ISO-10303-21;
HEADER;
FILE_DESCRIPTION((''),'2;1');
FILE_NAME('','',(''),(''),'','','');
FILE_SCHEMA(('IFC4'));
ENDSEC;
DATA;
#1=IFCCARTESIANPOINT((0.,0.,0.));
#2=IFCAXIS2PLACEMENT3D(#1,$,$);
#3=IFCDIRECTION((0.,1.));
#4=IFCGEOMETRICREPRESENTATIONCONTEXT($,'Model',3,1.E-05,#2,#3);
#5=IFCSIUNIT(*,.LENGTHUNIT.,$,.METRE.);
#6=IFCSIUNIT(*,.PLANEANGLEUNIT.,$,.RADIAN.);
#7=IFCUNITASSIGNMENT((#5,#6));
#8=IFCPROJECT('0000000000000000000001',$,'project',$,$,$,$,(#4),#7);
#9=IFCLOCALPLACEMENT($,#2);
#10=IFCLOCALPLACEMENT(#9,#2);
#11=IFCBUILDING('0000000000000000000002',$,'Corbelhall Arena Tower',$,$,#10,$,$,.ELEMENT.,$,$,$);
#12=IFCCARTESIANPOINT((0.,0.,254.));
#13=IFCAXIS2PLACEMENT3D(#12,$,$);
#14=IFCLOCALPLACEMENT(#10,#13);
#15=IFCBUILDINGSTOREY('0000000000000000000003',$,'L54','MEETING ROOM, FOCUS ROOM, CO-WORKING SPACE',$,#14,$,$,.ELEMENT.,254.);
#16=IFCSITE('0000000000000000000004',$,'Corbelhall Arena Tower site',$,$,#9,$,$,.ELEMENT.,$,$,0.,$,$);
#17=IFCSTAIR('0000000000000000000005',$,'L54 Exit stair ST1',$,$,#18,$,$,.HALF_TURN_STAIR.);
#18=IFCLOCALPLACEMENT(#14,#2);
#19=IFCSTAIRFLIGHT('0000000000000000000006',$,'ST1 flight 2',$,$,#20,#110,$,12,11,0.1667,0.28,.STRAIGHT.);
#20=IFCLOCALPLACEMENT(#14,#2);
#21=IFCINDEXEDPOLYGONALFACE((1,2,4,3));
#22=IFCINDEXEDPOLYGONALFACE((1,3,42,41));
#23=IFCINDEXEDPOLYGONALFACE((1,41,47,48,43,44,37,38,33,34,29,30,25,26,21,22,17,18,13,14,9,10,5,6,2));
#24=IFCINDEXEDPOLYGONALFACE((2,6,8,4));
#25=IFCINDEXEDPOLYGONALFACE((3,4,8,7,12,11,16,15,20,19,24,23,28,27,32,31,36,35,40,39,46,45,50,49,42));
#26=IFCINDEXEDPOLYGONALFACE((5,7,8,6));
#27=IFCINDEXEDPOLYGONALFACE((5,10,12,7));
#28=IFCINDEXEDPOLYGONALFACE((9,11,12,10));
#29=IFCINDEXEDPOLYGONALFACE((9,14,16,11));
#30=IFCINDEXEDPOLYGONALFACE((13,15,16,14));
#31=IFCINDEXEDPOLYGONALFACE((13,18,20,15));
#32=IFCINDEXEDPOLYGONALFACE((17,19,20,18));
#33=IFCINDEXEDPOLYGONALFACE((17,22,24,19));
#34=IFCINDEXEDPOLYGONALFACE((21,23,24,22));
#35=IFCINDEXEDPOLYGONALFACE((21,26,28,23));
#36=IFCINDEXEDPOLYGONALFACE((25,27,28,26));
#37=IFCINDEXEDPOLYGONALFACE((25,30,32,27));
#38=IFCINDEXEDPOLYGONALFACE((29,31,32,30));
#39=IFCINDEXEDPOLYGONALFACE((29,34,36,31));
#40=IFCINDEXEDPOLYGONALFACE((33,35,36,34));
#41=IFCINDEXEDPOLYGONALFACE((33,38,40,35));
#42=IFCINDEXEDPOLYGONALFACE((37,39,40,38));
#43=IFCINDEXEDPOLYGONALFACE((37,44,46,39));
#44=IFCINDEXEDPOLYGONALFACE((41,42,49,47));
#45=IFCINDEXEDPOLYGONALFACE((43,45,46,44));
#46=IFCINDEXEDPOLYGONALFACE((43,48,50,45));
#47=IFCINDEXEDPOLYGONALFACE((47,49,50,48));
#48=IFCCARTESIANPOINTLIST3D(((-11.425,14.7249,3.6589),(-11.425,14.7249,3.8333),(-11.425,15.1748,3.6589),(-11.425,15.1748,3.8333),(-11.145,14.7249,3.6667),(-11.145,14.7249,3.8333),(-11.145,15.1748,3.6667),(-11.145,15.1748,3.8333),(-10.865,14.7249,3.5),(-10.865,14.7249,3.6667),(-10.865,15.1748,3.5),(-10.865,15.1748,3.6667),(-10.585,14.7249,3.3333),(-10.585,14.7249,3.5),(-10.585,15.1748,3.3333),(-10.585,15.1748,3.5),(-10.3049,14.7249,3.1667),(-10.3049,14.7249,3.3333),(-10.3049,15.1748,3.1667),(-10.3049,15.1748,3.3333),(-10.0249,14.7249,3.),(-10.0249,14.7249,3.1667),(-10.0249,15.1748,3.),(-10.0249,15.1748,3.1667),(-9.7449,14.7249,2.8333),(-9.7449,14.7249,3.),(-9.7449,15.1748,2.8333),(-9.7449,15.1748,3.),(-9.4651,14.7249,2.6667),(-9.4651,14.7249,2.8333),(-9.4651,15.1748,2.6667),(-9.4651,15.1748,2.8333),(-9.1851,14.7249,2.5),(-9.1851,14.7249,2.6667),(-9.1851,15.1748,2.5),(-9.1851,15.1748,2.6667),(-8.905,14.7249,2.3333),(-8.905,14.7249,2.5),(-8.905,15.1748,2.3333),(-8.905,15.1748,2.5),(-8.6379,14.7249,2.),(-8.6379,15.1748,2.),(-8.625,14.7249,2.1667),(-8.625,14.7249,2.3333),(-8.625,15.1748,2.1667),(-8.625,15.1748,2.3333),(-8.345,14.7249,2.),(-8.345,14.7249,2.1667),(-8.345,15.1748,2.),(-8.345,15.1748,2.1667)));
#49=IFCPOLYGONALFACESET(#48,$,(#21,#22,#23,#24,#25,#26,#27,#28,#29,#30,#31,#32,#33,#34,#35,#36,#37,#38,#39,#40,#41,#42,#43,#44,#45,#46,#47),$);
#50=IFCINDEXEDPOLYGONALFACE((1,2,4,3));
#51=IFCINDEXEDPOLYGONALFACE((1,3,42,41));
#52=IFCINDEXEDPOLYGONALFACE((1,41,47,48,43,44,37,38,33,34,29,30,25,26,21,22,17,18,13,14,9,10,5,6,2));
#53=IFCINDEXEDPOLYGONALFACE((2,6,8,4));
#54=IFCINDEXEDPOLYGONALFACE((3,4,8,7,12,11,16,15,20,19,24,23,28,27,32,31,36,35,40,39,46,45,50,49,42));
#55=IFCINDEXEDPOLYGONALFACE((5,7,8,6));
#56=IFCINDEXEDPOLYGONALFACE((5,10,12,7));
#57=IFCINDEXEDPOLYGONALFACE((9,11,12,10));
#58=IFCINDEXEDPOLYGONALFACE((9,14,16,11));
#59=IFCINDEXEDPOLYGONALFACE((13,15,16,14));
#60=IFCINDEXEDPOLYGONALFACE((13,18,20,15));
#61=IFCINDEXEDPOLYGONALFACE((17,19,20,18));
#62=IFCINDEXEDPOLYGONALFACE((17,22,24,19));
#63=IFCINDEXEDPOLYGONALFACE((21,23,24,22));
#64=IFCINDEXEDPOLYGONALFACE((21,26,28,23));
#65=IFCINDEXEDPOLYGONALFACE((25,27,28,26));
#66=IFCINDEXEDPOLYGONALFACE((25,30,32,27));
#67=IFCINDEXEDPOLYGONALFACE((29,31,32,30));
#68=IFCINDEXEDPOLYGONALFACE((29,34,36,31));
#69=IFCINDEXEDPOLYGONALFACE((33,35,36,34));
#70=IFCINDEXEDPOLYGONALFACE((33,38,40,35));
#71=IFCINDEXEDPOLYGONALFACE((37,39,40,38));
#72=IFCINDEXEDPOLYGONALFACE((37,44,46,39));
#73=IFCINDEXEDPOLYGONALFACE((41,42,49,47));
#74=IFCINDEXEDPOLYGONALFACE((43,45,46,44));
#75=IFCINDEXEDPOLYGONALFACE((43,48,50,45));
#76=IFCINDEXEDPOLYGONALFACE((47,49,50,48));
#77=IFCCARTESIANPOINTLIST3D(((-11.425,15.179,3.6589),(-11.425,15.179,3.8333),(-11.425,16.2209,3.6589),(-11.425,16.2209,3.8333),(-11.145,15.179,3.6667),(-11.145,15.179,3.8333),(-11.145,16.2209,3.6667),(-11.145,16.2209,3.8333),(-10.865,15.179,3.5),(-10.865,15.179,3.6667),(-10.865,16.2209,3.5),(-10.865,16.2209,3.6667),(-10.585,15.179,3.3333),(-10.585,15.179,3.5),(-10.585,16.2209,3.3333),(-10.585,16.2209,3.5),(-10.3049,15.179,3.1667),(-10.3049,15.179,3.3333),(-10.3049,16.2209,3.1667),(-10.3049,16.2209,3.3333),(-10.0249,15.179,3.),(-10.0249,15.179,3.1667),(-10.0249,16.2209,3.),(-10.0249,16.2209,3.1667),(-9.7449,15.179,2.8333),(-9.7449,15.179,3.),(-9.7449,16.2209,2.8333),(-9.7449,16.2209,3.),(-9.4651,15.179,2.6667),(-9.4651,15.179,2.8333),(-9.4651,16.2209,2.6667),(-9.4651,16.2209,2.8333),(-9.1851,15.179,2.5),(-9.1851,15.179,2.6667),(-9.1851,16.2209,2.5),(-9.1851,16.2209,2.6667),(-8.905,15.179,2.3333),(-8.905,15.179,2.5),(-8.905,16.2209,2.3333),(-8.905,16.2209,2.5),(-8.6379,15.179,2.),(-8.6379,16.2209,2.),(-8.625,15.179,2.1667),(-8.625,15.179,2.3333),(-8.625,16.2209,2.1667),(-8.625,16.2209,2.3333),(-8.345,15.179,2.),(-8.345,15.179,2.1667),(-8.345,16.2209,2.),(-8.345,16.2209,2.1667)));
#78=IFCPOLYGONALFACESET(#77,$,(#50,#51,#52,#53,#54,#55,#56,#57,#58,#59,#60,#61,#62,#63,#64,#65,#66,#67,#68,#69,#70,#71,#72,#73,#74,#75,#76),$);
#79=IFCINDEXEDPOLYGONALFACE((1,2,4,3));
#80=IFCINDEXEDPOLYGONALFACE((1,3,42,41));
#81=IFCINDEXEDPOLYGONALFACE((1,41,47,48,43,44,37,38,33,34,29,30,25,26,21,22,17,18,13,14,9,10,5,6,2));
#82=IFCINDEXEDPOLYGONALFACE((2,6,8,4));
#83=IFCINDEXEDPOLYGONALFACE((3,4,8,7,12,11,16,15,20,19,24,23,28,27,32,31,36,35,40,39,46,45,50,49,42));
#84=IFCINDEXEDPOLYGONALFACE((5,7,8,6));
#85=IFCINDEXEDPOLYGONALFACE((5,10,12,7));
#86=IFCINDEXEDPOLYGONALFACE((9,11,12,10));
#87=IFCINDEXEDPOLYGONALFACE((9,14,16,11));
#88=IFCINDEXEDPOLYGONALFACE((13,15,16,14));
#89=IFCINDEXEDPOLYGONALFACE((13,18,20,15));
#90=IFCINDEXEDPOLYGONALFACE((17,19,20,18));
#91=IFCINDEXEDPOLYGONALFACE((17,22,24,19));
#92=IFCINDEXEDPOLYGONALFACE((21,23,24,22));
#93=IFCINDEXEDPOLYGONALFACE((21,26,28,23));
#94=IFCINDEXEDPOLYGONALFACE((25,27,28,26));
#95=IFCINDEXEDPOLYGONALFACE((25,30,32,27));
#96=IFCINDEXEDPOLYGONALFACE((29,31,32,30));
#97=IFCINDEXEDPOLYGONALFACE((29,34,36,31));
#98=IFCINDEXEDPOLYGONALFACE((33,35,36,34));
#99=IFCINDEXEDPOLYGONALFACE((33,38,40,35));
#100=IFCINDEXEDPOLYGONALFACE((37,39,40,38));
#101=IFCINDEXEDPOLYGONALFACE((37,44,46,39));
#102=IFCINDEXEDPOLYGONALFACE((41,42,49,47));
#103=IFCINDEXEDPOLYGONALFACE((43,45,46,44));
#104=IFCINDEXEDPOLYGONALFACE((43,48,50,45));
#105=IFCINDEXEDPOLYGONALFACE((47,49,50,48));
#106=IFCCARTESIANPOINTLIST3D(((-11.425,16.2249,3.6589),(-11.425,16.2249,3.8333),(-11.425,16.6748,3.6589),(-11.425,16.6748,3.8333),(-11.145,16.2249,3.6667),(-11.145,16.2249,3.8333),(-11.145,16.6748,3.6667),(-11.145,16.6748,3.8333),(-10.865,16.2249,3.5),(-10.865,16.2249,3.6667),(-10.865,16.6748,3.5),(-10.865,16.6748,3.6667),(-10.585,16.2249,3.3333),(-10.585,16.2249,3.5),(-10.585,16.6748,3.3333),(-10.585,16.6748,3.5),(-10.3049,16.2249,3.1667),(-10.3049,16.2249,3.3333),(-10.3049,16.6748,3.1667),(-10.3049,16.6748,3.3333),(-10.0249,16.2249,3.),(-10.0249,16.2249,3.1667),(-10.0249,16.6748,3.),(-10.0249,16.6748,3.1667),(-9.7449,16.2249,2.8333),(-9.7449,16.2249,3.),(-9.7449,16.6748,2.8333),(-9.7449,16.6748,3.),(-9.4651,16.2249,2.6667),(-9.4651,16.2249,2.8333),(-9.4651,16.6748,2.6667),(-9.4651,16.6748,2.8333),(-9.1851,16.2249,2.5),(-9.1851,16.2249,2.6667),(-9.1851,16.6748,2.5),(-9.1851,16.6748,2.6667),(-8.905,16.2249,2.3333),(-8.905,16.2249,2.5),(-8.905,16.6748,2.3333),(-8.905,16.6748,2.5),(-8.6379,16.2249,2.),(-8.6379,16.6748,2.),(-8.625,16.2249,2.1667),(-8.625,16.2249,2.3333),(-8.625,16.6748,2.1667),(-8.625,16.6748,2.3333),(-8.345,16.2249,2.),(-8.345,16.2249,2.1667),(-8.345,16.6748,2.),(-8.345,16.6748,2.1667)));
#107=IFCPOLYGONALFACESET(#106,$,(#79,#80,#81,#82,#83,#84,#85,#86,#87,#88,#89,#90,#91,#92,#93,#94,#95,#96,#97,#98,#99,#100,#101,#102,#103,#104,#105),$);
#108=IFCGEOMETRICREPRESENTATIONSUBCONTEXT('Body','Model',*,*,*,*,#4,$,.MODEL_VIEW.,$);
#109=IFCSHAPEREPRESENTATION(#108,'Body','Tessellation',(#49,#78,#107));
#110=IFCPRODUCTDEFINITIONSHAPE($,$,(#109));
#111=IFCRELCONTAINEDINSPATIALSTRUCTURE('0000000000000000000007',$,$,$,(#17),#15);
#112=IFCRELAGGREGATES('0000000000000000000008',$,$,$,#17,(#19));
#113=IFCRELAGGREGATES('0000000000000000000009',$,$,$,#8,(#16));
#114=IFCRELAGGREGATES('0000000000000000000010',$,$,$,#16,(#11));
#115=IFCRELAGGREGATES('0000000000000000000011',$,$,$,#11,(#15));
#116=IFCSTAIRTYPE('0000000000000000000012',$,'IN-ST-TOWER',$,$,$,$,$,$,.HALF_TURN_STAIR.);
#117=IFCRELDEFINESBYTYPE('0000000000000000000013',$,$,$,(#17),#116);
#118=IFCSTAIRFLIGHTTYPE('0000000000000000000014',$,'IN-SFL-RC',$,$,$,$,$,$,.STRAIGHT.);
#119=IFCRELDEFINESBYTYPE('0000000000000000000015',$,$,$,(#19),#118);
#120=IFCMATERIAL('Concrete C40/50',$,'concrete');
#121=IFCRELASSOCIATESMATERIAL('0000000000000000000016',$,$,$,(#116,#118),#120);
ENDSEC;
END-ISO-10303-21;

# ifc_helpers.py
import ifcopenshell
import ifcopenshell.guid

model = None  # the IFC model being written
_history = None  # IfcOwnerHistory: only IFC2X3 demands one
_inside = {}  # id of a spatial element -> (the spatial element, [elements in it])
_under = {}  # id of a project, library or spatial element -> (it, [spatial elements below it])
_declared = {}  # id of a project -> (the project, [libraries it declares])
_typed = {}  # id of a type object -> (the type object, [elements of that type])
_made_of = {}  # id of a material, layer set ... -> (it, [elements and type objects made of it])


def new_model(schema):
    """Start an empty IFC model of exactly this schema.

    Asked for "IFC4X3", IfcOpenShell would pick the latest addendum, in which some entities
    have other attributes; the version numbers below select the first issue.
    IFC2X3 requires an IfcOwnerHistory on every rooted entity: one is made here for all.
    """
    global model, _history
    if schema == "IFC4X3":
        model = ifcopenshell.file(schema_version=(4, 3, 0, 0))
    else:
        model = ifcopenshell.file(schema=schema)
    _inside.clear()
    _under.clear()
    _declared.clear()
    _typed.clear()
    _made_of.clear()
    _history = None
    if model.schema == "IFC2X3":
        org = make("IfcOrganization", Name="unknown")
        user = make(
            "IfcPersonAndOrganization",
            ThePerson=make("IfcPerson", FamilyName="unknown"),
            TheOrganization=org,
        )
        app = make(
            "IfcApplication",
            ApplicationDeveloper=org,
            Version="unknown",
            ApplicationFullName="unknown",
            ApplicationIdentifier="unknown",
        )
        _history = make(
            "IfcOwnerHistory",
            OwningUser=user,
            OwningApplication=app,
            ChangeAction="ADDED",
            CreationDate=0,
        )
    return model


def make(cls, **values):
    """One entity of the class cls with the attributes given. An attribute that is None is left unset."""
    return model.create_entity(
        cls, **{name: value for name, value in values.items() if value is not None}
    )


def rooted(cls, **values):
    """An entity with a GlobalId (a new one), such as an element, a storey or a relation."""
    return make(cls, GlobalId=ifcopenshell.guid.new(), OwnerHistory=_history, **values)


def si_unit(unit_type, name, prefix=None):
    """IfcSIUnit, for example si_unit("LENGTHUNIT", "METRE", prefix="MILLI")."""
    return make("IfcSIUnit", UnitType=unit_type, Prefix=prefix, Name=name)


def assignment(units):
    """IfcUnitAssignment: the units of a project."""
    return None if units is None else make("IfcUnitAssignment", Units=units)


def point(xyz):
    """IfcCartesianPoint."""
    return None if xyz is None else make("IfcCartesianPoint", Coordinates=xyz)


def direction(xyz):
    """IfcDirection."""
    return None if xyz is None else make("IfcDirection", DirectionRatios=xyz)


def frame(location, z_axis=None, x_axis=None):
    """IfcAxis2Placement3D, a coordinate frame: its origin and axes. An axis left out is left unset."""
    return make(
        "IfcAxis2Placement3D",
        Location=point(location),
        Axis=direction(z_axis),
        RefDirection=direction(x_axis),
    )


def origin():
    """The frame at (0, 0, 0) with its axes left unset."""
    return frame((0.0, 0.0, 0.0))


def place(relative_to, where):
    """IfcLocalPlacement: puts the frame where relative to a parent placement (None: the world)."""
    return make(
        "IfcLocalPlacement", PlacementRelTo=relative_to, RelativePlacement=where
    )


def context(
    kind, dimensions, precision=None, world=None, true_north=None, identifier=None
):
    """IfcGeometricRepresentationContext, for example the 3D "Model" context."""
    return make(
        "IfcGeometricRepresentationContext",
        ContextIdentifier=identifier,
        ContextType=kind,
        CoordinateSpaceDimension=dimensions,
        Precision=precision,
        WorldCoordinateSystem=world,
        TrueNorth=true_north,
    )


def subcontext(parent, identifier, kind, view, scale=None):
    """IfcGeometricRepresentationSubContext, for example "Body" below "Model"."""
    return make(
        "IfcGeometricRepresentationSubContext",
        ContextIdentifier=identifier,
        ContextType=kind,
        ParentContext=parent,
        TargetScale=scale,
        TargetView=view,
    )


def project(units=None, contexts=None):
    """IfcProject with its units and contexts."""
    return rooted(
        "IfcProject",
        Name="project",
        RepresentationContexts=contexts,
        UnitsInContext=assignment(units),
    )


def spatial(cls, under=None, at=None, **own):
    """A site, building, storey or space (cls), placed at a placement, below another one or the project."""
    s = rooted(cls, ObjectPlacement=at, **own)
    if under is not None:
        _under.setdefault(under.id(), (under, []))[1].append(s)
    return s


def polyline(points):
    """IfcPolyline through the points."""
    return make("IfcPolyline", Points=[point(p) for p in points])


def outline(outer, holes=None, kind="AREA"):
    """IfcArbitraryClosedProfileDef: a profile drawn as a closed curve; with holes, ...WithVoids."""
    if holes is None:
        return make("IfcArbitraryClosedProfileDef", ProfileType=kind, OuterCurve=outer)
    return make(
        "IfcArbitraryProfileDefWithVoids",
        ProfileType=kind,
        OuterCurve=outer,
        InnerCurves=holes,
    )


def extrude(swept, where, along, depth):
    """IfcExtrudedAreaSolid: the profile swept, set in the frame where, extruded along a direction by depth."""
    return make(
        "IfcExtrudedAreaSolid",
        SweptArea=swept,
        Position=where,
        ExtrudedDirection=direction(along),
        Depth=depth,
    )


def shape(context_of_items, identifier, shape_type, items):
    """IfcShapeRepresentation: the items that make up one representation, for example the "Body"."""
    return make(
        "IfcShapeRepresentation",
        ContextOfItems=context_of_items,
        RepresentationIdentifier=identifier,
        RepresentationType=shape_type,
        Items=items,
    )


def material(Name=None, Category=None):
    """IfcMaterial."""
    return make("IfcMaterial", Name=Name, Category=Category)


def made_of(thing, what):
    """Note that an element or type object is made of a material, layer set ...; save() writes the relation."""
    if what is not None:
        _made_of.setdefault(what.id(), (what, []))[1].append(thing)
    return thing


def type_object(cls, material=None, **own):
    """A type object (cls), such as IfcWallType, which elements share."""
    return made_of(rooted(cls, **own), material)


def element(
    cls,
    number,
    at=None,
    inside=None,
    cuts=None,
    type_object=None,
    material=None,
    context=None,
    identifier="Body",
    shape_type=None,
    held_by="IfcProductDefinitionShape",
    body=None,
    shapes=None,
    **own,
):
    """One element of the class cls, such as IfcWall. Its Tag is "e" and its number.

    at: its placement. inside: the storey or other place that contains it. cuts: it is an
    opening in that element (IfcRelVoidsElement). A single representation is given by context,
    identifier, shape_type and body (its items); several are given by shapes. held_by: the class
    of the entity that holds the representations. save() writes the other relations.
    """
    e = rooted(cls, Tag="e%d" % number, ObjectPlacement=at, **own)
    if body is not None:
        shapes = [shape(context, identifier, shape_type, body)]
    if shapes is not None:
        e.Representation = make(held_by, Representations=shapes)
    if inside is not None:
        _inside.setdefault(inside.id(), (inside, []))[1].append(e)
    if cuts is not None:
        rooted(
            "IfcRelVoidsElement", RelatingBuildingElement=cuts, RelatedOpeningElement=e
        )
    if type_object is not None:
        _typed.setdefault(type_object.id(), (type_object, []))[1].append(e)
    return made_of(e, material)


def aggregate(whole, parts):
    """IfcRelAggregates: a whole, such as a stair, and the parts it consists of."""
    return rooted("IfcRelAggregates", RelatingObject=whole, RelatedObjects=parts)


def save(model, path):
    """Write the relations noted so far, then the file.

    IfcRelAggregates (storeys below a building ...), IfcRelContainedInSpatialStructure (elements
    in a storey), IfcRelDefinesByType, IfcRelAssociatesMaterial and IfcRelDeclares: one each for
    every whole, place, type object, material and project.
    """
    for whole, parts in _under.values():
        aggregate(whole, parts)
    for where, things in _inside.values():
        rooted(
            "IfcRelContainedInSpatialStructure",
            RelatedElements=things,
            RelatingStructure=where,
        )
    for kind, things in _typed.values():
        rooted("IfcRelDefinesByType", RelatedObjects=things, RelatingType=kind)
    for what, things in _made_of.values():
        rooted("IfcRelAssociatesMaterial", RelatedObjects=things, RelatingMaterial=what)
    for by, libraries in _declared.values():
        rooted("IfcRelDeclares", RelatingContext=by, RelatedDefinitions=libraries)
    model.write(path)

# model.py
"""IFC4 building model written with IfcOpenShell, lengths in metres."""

from ifc_helpers import new_model, si_unit, direction, frame, origin, place, context, subcontext, project, spatial, polyline, outline, extrude, material, type_object, element, aggregate, save


model = new_model("IFC4")

# Units and contexts
model_context = context("Model", 3, precision=1e-05, world=origin(), true_north=direction((0.0, 1.0)))
body_context = subcontext(model_context, "Body", "Model", "MODEL_VIEW")
ifc_project = project(units=[si_unit("LENGTHUNIT", "METRE"), si_unit("PLANEANGLEUNIT", "RADIAN")], contexts=[model_context])

# Site, building, storey
site_placement = place(None, origin())
site = spatial("IfcSite", under=ifc_project, at=site_placement, Name="Corbelhall Arena Tower site", CompositionType="ELEMENT", RefElevation=0.0)
building_placement = place(site_placement, origin())
building = spatial("IfcBuilding", under=site, at=building_placement, Name="Corbelhall Arena Tower", CompositionType="ELEMENT")
storey_placement = place(building_placement, frame((0.0, 0.0, 254.0)))
storey = spatial("IfcBuildingStorey", under=building, at=storey_placement, Name="L54", Description="MEETING ROOM, FOCUS ROOM, CO-WORKING SPACE", CompositionType="ELEMENT", Elevation=254.0)

# Shared definitions
ifc_material_1 = material(Name="Concrete C40/50", Category="concrete")

# Stair, stair flight
stair_type = type_object("IfcStairType", Name="IN-ST-TOWER", PredefinedType="HALF_TURN_STAIR", material=ifc_material_1)
stair_placement = place(storey_placement, origin())
stair = element("IfcStair", 1, at=stair_placement, inside=storey, type_object=stair_type, Name="L54 Exit stair ST1", PredefinedType="HALF_TURN_STAIR")
stair_flight_type = type_object("IfcStairFlightType", Name="IN-SFL-RC", PredefinedType="STRAIGHT", material=ifc_material_1)
stair_flight_1_placement = place(storey_placement, frame((-8.345, 15.7, 2.0), z_axis=(0.0, 0.0, 1.0), x_axis=(-1.0, 0.0, 0.0)))
stair_flight_1 = element("IfcStairFlight", 2, at=stair_flight_1_placement, type_object=stair_flight_type, Name="ST1 flight 2", NumberOfRisers=12, NumberOfTreads=11, PredefinedType="STRAIGHT", RiserHeight=0.1667, TreadLength=0.28, context=body_context, shape_type="SweptSolid", body=[
    extrude(outline(polyline([(0.0, 0.0), (0.0, 0.1667), (0.28, 0.1667), (0.28, 0.3333), (0.5601, 0.3333), (0.5601, 0.5), (0.8401, 0.5), (0.8401, 0.6667), (1.1201, 0.6667), (1.1201, 0.8333), (1.3999, 0.8333), (1.3999, 1.0), (1.6799, 1.0), (1.6799, 1.1667), (1.96, 1.1667), (1.96, 1.3333), (2.24, 1.3333), (2.24, 1.5), (2.52, 1.5), (2.52, 1.6667), (2.8, 1.6667), (2.8, 1.8333), (3.0801, 1.8333), (3.0801, 2.0), (3.0801, 1.6589), (0.293, 0.0), (0.0, 0.0)])), frame((0.0, 0.9751, 0.0), z_axis=(0.0, -1.0, 0.0), x_axis=(1.0, 0.0, 0.0)), (0.0, 0.0, 1.0), 0.45),
    extrude(outline(polyline([(0.0, 0.0), (0.0, 0.1667), (0.28, 0.1667), (0.28, 0.3333), (0.5601, 0.3333), (0.5601, 0.5), (0.8401, 0.5), (0.8401, 0.6667), (1.1201, 0.6667), (1.1201, 0.8333), (1.3999, 0.8333), (1.3999, 1.0), (1.6799, 1.0), (1.6799, 1.1667), (1.96, 1.1667), (1.96, 1.3333), (2.24, 1.3333), (2.24, 1.5), (2.52, 1.5), (2.52, 1.6667), (2.8, 1.6667), (2.8, 1.8333), (3.0801, 1.8333), (3.0801, 2.0), (3.0801, 1.6589), (0.293, 0.0), (0.0, 0.0)])), frame((0.0, 0.521, 0.0), z_axis=(0.0, -1.0, 0.0), x_axis=(1.0, 0.0, 0.0)), (0.0, 0.0, 1.0), 1.042),
    extrude(outline(polyline([(0.0, 0.0), (0.0, 0.1667), (0.28, 0.1667), (0.28, 0.3333), (0.5601, 0.3333), (0.5601, 0.5), (0.8401, 0.5), (0.8401, 0.6667), (1.1201, 0.6667), (1.1201, 0.8333), (1.3999, 0.8333), (1.3999, 1.0), (1.6799, 1.0), (1.6799, 1.1667), (1.96, 1.1667), (1.96, 1.3333), (2.24, 1.3333), (2.24, 1.5), (2.52, 1.5), (2.52, 1.6667), (2.8, 1.6667), (2.8, 1.8333), (3.0801, 1.8333), (3.0801, 2.0), (3.0801, 1.6589), (0.293, 0.0), (0.0, 0.0)])), frame((0.0, -0.5249, 0.0), z_axis=(0.0, -1.0, 0.0), x_axis=(1.0, 0.0, 0.0)), (0.0, 0.0, 1.0), 0.45),
])
aggregate(stair, [stair_flight_1])

save(model, "model.ifc")
